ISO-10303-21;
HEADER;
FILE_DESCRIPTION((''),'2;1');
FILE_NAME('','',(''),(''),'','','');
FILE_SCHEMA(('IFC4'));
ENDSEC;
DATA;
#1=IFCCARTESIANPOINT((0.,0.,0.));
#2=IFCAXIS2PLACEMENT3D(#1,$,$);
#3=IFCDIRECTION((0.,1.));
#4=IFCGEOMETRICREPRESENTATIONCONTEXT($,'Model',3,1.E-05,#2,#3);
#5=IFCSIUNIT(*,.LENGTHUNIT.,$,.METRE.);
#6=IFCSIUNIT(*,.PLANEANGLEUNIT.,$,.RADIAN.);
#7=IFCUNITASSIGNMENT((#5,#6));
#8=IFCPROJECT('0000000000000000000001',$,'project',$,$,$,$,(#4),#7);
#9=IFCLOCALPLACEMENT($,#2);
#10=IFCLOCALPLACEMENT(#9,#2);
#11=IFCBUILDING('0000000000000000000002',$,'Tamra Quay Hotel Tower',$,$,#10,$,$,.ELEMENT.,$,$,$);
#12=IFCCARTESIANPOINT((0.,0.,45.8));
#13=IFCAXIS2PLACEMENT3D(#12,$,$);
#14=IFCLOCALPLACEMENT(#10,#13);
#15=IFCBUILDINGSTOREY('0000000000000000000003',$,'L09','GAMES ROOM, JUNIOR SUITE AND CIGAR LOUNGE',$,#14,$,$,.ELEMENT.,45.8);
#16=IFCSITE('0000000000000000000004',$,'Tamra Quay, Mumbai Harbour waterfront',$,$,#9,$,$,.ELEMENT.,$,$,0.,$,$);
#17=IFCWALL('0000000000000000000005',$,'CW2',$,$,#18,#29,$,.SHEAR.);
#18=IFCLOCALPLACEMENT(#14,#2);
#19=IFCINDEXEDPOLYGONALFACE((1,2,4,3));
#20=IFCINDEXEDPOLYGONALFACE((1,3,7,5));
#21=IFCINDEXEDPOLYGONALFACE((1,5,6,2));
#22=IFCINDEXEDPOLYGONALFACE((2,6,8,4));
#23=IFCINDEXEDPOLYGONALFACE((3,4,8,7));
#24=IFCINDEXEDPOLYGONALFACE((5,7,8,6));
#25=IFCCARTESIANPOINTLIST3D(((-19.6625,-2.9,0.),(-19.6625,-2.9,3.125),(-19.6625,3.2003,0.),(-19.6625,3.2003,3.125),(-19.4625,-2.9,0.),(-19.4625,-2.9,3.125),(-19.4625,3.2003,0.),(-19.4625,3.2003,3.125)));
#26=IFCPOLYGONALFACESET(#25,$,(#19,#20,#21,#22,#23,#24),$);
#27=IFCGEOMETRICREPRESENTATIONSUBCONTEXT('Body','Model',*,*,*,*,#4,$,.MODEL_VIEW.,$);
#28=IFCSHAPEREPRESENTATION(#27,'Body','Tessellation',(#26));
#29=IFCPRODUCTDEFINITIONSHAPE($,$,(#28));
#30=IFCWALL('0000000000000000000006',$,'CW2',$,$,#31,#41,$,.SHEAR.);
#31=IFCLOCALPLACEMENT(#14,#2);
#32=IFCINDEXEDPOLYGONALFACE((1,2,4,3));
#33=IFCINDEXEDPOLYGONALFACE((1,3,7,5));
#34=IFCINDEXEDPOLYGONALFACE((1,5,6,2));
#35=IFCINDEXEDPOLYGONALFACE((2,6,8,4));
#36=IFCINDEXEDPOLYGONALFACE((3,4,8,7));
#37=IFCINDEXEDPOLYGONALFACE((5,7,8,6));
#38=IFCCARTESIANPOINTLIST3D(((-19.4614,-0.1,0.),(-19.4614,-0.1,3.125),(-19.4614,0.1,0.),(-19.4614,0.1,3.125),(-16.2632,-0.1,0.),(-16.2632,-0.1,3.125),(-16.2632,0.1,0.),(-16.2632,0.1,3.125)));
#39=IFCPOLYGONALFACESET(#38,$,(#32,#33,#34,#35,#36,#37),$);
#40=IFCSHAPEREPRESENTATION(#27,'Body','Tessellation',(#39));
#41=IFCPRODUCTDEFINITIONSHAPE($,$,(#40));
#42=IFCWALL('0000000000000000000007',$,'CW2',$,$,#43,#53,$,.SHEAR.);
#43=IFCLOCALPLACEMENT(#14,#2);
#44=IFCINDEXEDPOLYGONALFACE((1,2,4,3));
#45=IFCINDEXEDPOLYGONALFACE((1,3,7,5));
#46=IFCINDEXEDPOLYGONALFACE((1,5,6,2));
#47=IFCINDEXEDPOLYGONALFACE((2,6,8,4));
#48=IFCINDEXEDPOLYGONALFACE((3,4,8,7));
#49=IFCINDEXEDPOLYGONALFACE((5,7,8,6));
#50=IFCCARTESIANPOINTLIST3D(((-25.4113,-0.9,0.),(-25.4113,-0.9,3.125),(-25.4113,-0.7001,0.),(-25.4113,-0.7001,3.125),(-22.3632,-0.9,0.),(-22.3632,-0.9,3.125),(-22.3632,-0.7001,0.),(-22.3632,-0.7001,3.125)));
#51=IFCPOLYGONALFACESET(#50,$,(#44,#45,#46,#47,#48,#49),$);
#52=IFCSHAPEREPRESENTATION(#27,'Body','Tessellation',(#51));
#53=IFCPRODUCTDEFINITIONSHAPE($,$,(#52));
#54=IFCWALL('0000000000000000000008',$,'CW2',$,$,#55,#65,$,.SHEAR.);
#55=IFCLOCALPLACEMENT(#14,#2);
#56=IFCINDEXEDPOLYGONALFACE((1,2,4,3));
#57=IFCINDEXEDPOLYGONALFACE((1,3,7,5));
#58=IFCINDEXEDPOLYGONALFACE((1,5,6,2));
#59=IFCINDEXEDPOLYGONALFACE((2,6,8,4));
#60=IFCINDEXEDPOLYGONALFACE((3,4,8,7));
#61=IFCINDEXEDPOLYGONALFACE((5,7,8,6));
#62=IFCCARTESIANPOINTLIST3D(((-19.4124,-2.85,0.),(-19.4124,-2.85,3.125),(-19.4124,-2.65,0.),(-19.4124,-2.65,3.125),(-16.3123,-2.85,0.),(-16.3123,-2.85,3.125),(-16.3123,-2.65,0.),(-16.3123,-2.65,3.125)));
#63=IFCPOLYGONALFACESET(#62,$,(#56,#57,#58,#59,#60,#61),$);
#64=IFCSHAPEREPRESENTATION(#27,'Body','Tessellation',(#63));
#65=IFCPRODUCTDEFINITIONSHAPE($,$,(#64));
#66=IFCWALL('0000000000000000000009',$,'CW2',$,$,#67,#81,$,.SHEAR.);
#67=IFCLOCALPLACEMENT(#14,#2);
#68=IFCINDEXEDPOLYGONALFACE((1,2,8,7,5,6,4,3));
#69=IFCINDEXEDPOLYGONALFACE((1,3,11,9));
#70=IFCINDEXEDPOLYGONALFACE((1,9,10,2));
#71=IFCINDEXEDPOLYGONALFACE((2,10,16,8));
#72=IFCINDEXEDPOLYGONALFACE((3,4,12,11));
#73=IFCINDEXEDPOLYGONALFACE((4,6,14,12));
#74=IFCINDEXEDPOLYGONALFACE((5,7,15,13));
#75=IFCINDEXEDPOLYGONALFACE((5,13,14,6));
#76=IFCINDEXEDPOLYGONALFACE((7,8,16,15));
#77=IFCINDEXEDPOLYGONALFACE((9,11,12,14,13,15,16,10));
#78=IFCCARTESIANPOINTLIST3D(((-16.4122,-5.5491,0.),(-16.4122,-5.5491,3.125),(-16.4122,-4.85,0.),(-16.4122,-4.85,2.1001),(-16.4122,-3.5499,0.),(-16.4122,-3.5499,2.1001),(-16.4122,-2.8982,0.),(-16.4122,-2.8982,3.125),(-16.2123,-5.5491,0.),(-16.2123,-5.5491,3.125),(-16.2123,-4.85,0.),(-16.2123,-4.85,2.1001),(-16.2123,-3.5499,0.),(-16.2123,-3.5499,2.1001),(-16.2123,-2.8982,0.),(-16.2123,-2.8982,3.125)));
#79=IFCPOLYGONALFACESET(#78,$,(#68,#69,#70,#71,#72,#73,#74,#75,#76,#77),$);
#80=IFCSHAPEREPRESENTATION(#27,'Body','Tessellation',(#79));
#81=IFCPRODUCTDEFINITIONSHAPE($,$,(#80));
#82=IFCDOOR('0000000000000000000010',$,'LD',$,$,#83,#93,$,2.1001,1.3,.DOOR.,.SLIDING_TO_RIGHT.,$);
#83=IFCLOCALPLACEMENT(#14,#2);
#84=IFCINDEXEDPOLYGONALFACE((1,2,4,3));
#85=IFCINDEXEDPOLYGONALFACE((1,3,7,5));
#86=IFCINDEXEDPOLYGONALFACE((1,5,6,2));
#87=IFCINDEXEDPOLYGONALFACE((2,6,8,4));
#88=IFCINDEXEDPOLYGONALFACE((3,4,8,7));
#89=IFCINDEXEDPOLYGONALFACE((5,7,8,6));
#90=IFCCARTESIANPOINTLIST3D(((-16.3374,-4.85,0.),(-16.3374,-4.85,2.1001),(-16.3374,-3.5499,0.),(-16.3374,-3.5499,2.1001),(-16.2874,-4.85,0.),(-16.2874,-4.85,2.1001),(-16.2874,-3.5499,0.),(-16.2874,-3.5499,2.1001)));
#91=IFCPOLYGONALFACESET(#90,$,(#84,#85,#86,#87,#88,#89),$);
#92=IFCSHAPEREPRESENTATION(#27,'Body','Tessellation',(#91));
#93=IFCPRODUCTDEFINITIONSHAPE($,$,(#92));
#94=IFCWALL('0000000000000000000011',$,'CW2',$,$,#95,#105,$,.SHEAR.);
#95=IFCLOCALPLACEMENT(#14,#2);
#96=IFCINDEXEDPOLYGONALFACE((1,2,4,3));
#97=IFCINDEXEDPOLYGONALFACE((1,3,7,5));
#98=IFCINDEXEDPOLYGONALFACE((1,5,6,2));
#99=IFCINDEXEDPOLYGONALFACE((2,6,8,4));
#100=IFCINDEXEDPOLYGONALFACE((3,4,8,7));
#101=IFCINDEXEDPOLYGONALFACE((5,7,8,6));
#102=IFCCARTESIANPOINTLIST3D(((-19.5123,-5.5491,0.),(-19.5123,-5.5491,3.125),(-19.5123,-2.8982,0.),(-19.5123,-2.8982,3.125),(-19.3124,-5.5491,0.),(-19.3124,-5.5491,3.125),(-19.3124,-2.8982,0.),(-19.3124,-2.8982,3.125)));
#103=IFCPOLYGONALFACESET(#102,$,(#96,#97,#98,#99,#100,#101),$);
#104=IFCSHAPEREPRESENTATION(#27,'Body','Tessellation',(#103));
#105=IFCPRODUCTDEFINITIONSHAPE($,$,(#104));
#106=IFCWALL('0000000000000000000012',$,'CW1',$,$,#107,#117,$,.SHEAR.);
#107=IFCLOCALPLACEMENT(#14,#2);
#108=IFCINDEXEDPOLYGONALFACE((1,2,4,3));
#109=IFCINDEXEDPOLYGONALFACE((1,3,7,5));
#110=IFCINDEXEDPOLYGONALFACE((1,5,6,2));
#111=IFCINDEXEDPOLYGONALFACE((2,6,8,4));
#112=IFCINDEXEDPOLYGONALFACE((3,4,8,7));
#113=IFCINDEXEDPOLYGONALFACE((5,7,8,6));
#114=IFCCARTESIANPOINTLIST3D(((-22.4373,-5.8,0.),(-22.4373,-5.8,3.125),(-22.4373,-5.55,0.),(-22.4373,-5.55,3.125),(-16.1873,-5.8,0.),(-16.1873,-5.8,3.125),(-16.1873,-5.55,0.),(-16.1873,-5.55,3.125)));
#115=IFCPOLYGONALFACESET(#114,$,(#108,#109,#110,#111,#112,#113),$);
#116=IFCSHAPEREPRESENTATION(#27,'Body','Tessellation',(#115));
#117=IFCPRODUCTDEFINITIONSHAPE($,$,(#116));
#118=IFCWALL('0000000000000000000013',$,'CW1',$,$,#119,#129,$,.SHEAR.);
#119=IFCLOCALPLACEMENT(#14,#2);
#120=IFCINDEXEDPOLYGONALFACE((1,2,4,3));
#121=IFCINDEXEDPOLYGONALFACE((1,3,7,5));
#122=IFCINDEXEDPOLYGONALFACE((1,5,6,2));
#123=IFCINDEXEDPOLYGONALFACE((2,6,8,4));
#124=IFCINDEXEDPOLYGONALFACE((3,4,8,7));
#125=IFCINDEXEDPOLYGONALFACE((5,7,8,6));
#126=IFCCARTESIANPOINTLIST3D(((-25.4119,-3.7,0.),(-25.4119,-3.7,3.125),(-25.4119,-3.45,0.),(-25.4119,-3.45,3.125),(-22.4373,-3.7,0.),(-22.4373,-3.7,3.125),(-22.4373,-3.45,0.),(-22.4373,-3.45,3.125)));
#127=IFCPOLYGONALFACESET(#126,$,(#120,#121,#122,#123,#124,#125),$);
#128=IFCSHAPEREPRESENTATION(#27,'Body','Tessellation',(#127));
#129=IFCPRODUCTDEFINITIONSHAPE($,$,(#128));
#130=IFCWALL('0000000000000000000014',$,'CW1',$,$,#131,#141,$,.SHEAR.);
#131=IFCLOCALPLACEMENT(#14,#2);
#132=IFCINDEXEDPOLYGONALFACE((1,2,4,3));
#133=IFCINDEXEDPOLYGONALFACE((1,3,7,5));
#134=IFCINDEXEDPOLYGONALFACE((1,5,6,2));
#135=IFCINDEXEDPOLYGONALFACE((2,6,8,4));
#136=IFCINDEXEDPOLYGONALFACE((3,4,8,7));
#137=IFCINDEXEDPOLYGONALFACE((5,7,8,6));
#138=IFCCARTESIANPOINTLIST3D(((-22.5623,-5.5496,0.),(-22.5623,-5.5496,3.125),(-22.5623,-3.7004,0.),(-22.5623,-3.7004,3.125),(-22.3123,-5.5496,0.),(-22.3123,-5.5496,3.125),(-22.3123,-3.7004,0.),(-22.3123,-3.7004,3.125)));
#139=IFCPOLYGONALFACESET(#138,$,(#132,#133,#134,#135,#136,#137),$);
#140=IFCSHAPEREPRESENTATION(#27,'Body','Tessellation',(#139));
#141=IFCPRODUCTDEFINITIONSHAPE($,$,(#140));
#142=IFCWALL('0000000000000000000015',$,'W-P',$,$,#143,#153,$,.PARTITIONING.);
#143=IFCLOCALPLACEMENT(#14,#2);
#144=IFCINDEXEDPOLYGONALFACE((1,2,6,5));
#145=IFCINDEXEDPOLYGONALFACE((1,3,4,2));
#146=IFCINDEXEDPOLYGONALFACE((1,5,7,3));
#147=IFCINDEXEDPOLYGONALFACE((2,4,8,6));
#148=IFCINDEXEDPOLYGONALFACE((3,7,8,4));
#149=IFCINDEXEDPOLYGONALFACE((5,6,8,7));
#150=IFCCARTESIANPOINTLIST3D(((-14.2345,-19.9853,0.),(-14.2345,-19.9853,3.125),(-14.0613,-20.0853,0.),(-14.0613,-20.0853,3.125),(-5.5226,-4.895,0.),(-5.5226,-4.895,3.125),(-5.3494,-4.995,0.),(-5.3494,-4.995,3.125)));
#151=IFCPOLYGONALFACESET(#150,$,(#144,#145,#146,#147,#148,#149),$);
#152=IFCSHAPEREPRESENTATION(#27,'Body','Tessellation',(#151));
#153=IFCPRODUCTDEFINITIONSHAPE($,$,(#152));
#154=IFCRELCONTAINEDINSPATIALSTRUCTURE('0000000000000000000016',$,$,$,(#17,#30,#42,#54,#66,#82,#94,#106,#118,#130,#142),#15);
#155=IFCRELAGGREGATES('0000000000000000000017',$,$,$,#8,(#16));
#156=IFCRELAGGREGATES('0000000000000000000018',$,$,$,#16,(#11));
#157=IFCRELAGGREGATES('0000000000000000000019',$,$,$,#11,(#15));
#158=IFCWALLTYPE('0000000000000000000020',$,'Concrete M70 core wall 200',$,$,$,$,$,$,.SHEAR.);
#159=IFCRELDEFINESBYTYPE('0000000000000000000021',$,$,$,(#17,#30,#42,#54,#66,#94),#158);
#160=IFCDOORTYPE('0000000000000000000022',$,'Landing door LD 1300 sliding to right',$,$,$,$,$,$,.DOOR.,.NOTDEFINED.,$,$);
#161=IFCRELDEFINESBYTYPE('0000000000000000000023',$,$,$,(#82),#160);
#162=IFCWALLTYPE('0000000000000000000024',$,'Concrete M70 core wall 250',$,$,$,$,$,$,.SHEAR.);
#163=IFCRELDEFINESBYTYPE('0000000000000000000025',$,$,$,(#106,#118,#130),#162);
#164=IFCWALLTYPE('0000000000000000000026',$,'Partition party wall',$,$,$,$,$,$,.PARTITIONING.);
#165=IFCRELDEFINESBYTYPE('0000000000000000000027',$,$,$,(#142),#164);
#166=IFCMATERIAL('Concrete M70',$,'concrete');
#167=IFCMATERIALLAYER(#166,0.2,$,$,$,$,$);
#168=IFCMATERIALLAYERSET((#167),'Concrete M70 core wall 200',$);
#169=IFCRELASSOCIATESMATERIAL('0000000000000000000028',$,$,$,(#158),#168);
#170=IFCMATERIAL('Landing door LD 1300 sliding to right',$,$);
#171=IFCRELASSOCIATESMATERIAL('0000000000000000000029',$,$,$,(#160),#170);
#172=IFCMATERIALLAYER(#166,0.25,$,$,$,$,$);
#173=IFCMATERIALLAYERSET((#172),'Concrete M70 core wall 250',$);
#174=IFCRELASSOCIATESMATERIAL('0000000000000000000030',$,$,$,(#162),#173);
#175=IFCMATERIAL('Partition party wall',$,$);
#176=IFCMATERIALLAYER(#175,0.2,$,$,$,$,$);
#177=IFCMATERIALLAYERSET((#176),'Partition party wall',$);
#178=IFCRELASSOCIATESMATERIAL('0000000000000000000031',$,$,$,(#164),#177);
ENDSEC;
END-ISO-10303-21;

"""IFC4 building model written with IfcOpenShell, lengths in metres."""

from ifc_helpers import new_model, si_unit, direction, frame, frame_2d, origin, place, context, subcontext, project, spatial, rectangle, extrude, material, layer, layer_set, type_object, element, fill, save


model = new_model("IFC4")

# Units and contexts
model_context = context("Model", 3, precision=1e-05, world=origin(), true_north=direction((0.0, 1.0)))
body_context = subcontext(model_context, "Body", "Model", "MODEL_VIEW")
ifc_project = project(units=[si_unit("LENGTHUNIT", "METRE"), si_unit("PLANEANGLEUNIT", "RADIAN")], contexts=[model_context])

# Site, building, storey
site_placement = place(None, origin())
site = spatial("IfcSite", under=ifc_project, at=site_placement, Name="Tamra Quay, Mumbai Harbour waterfront", CompositionType="ELEMENT", RefElevation=0.0)
building_placement = place(site_placement, origin())
building = spatial("IfcBuilding", under=site, at=building_placement, Name="Tamra Quay Hotel Tower", CompositionType="ELEMENT")
storey_placement = place(building_placement, frame((0.0, 0.0, 45.8)))
storey = spatial("IfcBuildingStorey", under=building, at=storey_placement, Name="L09", Description="GAMES ROOM, JUNIOR SUITE AND CIGAR LOUNGE", CompositionType="ELEMENT", Elevation=45.8)

# Shared definitions
ifc_material_1 = material(Name="Concrete M70", Category="concrete")

# Walls
ifc_layer_1 = layer(ifc_material_1, 0.2)
ifc_layer_set_1 = layer_set([ifc_layer_1], Name="Concrete M70 core wall 200")
wall_type_1 = type_object("IfcWallType", Name="Concrete M70 core wall 200", PredefinedType="SHEAR", material=ifc_layer_set_1)
wall_1_placement = place(storey_placement, frame((-19.5625, -2.9001, 0.0), z_axis=(0.0, 0.0, 1.0), x_axis=(0.0, 1.0, 0.0)))
element("IfcWall", 1, at=wall_1_placement, inside=storey, type_object=wall_type_1, Name="CW2", PredefinedType="SHEAR", context=body_context, shape_type="SweptSolid", body=[
    extrude(rectangle(XDim=6.1003, YDim=0.2, at=frame_2d((3.0503, 0.0))), origin(), (0.0, 0.0, 1.0), 3.125),
])
wall_2_placement = place(storey_placement, frame((-16.2632, 0.0, 0.0), z_axis=(0.0, 0.0, 1.0), x_axis=(-1.0, 0.0, 0.0)))
element("IfcWall", 2, at=wall_2_placement, inside=storey, type_object=wall_type_1, Name="CW2", PredefinedType="SHEAR", context=body_context, shape_type="SweptSolid", body=[
    extrude(rectangle(XDim=3.1982, YDim=0.2, at=frame_2d((1.5991, 0.0))), origin(), (0.0, 0.0, 1.0), 3.125),
])
wall_3_placement = place(storey_placement, frame((-22.3633, -0.8, 0.0), z_axis=(0.0, 0.0, 1.0), x_axis=(-1.0, 0.0, 0.0)))
element("IfcWall", 3, at=wall_3_placement, inside=storey, type_object=wall_type_1, Name="CW2", PredefinedType="SHEAR", context=body_context, shape_type="SweptSolid", body=[
    extrude(rectangle(XDim=3.0481, YDim=0.2, at=frame_2d((1.5239, 0.0))), origin(), (0.0, 0.0, 1.0), 3.125),
])
wall_4_placement = place(storey_placement, frame((-19.4124, -2.75, 0.0), z_axis=(0.0, 0.0, 1.0), x_axis=(1.0, 0.0, 0.0)))
element("IfcWall", 4, at=wall_4_placement, inside=storey, type_object=wall_type_1, Name="CW2", PredefinedType="SHEAR", context=body_context, shape_type="SweptSolid", body=[
    extrude(rectangle(XDim=3.1001, YDim=0.2, at=frame_2d((1.55, 0.0))), origin(), (0.0, 0.0, 1.0), 3.125),
])

# Wall, opening, door
wall_5_placement = place(storey_placement, frame((-16.3123, -2.8982, 0.0), z_axis=(0.0, 0.0, 1.0), x_axis=(0.0, -1.0, 0.0)))
wall_5 = element("IfcWall", 5, at=wall_5_placement, inside=storey, type_object=wall_type_1, Name="CW2", PredefinedType="SHEAR", context=body_context, shape_type="SweptSolid", body=[
    extrude(rectangle(XDim=2.6509, YDim=0.2, at=frame_2d((1.3254, 0.0))), origin(), (0.0, 0.0, 1.0), 3.125),
])
opening_placement = place(wall_5_placement, frame((0.6519, 0.0, 0.0)))
opening = element("IfcOpeningElement", 6, at=opening_placement, cuts=wall_5, PredefinedType="OPENING", context=body_context, shape_type="SweptSolid", body=[
    extrude(rectangle(XDim=1.3, YDim=2.1001, at=frame_2d((0.6499, 1.05))), frame((0.0, 0.1099, 0.0), z_axis=(0.0, -1.0, 0.0), x_axis=(1.0, 0.0, 0.0)), (0.0, 0.0, 1.0), 0.22),
])
ifc_material_2 = material(Name="Landing door LD 1300 sliding to right")
door_type = type_object("IfcDoorType", Name="Landing door LD 1300 sliding to right", OperationType="NOTDEFINED", PredefinedType="DOOR", material=ifc_material_2)
door_placement = place(opening_placement, origin())
door = element("IfcDoor", 7, at=door_placement, inside=storey, type_object=door_type, Name="LD", OperationType="SLIDING_TO_RIGHT", OverallHeight=2.1001, OverallWidth=1.3, PredefinedType="DOOR", context=body_context, shape_type="SweptSolid", body=[
    extrude(rectangle(XDim=1.3, YDim=2.1001, at=frame_2d((0.6499, 1.05))), frame((0.0, 0.0249, 0.0), z_axis=(0.0, -1.0, 0.0), x_axis=(1.0, 0.0, 0.0)), (0.0, 0.0, 1.0), 0.05),
])
fill(opening, door)

# Walls
wall_6_placement = place(storey_placement, frame((-19.4124, -5.5491, 0.0), z_axis=(0.0, 0.0, 1.0), x_axis=(0.0, 1.0, 0.0)))
element("IfcWall", 8, at=wall_6_placement, inside=storey, type_object=wall_type_1, Name="CW2", PredefinedType="SHEAR", context=body_context, shape_type="SweptSolid", body=[
    extrude(rectangle(XDim=2.6509, YDim=0.2, at=frame_2d((1.3254, 0.0))), origin(), (0.0, 0.0, 1.0), 3.125),
])
ifc_layer_2 = layer(ifc_material_1, 0.25)
ifc_layer_set_2 = layer_set([ifc_layer_2], Name="Concrete M70 core wall 250")
wall_type_2 = type_object("IfcWallType", Name="Concrete M70 core wall 250", PredefinedType="SHEAR", material=ifc_layer_set_2)
wall_7_placement = place(storey_placement, frame((-16.1873, -5.675, 0.0), z_axis=(0.0, 0.0, 1.0), x_axis=(-1.0, 0.0, 0.0)))
element("IfcWall", 9, at=wall_7_placement, inside=storey, type_object=wall_type_2, Name="CW1", PredefinedType="SHEAR", context=body_context, shape_type="SweptSolid", body=[
    extrude(rectangle(XDim=6.25, YDim=0.25, at=frame_2d((3.125, 0.0))), origin(), (0.0, 0.0, 1.0), 3.125),
])
wall_8_placement = place(storey_placement, frame((-22.4373, -3.575, 0.0), z_axis=(0.0, 0.0, 1.0), x_axis=(-1.0, 0.0, 0.0)))
element("IfcWall", 10, at=wall_8_placement, inside=storey, type_object=wall_type_2, Name="CW1", PredefinedType="SHEAR", context=body_context, shape_type="SweptSolid", body=[
    extrude(rectangle(XDim=2.9746, YDim=0.25, at=frame_2d((1.4873, 0.0))), origin(), (0.0, 0.0, 1.0), 3.125),
])
wall_9_placement = place(storey_placement, frame((-22.4373, -5.5496, 0.0), z_axis=(0.0, 0.0, 1.0), x_axis=(0.0, 1.0, 0.0)))
element("IfcWall", 11, at=wall_9_placement, inside=storey, type_object=wall_type_2, Name="CW1", PredefinedType="SHEAR", context=body_context, shape_type="SweptSolid", body=[
    extrude(rectangle(XDim=1.8491, YDim=0.25, at=frame_2d((0.9246, 0.0))), origin(), (0.0, 0.0, 1.0), 3.125),
])
ifc_material_3 = material(Name="Partition party wall")
ifc_layer_3 = layer(ifc_material_3, 0.2)
ifc_layer_set_3 = layer_set([ifc_layer_3], Name="Partition party wall")
wall_type_3 = type_object("IfcWallType", Name="Partition party wall", PredefinedType="PARTITIONING", material=ifc_layer_set_3)
wall_10_placement = place(storey_placement, frame((-14.1479, -20.0354, 0.0), z_axis=(0.0, 0.0, 1.0), x_axis=(0.499979, 0.866038, 0.0)))
element("IfcWall", 12, at=wall_10_placement, inside=storey, type_object=wall_type_3, Name="W-P", PredefinedType="PARTITIONING", context=body_context, shape_type="SweptSolid", body=[
    extrude(rectangle(XDim=17.4246, YDim=0.2, at=frame_2d((8.7124, 0.0))), origin(), (0.0, 0.0, 1.0), 3.125),
])

save(model, "model.ifc")
